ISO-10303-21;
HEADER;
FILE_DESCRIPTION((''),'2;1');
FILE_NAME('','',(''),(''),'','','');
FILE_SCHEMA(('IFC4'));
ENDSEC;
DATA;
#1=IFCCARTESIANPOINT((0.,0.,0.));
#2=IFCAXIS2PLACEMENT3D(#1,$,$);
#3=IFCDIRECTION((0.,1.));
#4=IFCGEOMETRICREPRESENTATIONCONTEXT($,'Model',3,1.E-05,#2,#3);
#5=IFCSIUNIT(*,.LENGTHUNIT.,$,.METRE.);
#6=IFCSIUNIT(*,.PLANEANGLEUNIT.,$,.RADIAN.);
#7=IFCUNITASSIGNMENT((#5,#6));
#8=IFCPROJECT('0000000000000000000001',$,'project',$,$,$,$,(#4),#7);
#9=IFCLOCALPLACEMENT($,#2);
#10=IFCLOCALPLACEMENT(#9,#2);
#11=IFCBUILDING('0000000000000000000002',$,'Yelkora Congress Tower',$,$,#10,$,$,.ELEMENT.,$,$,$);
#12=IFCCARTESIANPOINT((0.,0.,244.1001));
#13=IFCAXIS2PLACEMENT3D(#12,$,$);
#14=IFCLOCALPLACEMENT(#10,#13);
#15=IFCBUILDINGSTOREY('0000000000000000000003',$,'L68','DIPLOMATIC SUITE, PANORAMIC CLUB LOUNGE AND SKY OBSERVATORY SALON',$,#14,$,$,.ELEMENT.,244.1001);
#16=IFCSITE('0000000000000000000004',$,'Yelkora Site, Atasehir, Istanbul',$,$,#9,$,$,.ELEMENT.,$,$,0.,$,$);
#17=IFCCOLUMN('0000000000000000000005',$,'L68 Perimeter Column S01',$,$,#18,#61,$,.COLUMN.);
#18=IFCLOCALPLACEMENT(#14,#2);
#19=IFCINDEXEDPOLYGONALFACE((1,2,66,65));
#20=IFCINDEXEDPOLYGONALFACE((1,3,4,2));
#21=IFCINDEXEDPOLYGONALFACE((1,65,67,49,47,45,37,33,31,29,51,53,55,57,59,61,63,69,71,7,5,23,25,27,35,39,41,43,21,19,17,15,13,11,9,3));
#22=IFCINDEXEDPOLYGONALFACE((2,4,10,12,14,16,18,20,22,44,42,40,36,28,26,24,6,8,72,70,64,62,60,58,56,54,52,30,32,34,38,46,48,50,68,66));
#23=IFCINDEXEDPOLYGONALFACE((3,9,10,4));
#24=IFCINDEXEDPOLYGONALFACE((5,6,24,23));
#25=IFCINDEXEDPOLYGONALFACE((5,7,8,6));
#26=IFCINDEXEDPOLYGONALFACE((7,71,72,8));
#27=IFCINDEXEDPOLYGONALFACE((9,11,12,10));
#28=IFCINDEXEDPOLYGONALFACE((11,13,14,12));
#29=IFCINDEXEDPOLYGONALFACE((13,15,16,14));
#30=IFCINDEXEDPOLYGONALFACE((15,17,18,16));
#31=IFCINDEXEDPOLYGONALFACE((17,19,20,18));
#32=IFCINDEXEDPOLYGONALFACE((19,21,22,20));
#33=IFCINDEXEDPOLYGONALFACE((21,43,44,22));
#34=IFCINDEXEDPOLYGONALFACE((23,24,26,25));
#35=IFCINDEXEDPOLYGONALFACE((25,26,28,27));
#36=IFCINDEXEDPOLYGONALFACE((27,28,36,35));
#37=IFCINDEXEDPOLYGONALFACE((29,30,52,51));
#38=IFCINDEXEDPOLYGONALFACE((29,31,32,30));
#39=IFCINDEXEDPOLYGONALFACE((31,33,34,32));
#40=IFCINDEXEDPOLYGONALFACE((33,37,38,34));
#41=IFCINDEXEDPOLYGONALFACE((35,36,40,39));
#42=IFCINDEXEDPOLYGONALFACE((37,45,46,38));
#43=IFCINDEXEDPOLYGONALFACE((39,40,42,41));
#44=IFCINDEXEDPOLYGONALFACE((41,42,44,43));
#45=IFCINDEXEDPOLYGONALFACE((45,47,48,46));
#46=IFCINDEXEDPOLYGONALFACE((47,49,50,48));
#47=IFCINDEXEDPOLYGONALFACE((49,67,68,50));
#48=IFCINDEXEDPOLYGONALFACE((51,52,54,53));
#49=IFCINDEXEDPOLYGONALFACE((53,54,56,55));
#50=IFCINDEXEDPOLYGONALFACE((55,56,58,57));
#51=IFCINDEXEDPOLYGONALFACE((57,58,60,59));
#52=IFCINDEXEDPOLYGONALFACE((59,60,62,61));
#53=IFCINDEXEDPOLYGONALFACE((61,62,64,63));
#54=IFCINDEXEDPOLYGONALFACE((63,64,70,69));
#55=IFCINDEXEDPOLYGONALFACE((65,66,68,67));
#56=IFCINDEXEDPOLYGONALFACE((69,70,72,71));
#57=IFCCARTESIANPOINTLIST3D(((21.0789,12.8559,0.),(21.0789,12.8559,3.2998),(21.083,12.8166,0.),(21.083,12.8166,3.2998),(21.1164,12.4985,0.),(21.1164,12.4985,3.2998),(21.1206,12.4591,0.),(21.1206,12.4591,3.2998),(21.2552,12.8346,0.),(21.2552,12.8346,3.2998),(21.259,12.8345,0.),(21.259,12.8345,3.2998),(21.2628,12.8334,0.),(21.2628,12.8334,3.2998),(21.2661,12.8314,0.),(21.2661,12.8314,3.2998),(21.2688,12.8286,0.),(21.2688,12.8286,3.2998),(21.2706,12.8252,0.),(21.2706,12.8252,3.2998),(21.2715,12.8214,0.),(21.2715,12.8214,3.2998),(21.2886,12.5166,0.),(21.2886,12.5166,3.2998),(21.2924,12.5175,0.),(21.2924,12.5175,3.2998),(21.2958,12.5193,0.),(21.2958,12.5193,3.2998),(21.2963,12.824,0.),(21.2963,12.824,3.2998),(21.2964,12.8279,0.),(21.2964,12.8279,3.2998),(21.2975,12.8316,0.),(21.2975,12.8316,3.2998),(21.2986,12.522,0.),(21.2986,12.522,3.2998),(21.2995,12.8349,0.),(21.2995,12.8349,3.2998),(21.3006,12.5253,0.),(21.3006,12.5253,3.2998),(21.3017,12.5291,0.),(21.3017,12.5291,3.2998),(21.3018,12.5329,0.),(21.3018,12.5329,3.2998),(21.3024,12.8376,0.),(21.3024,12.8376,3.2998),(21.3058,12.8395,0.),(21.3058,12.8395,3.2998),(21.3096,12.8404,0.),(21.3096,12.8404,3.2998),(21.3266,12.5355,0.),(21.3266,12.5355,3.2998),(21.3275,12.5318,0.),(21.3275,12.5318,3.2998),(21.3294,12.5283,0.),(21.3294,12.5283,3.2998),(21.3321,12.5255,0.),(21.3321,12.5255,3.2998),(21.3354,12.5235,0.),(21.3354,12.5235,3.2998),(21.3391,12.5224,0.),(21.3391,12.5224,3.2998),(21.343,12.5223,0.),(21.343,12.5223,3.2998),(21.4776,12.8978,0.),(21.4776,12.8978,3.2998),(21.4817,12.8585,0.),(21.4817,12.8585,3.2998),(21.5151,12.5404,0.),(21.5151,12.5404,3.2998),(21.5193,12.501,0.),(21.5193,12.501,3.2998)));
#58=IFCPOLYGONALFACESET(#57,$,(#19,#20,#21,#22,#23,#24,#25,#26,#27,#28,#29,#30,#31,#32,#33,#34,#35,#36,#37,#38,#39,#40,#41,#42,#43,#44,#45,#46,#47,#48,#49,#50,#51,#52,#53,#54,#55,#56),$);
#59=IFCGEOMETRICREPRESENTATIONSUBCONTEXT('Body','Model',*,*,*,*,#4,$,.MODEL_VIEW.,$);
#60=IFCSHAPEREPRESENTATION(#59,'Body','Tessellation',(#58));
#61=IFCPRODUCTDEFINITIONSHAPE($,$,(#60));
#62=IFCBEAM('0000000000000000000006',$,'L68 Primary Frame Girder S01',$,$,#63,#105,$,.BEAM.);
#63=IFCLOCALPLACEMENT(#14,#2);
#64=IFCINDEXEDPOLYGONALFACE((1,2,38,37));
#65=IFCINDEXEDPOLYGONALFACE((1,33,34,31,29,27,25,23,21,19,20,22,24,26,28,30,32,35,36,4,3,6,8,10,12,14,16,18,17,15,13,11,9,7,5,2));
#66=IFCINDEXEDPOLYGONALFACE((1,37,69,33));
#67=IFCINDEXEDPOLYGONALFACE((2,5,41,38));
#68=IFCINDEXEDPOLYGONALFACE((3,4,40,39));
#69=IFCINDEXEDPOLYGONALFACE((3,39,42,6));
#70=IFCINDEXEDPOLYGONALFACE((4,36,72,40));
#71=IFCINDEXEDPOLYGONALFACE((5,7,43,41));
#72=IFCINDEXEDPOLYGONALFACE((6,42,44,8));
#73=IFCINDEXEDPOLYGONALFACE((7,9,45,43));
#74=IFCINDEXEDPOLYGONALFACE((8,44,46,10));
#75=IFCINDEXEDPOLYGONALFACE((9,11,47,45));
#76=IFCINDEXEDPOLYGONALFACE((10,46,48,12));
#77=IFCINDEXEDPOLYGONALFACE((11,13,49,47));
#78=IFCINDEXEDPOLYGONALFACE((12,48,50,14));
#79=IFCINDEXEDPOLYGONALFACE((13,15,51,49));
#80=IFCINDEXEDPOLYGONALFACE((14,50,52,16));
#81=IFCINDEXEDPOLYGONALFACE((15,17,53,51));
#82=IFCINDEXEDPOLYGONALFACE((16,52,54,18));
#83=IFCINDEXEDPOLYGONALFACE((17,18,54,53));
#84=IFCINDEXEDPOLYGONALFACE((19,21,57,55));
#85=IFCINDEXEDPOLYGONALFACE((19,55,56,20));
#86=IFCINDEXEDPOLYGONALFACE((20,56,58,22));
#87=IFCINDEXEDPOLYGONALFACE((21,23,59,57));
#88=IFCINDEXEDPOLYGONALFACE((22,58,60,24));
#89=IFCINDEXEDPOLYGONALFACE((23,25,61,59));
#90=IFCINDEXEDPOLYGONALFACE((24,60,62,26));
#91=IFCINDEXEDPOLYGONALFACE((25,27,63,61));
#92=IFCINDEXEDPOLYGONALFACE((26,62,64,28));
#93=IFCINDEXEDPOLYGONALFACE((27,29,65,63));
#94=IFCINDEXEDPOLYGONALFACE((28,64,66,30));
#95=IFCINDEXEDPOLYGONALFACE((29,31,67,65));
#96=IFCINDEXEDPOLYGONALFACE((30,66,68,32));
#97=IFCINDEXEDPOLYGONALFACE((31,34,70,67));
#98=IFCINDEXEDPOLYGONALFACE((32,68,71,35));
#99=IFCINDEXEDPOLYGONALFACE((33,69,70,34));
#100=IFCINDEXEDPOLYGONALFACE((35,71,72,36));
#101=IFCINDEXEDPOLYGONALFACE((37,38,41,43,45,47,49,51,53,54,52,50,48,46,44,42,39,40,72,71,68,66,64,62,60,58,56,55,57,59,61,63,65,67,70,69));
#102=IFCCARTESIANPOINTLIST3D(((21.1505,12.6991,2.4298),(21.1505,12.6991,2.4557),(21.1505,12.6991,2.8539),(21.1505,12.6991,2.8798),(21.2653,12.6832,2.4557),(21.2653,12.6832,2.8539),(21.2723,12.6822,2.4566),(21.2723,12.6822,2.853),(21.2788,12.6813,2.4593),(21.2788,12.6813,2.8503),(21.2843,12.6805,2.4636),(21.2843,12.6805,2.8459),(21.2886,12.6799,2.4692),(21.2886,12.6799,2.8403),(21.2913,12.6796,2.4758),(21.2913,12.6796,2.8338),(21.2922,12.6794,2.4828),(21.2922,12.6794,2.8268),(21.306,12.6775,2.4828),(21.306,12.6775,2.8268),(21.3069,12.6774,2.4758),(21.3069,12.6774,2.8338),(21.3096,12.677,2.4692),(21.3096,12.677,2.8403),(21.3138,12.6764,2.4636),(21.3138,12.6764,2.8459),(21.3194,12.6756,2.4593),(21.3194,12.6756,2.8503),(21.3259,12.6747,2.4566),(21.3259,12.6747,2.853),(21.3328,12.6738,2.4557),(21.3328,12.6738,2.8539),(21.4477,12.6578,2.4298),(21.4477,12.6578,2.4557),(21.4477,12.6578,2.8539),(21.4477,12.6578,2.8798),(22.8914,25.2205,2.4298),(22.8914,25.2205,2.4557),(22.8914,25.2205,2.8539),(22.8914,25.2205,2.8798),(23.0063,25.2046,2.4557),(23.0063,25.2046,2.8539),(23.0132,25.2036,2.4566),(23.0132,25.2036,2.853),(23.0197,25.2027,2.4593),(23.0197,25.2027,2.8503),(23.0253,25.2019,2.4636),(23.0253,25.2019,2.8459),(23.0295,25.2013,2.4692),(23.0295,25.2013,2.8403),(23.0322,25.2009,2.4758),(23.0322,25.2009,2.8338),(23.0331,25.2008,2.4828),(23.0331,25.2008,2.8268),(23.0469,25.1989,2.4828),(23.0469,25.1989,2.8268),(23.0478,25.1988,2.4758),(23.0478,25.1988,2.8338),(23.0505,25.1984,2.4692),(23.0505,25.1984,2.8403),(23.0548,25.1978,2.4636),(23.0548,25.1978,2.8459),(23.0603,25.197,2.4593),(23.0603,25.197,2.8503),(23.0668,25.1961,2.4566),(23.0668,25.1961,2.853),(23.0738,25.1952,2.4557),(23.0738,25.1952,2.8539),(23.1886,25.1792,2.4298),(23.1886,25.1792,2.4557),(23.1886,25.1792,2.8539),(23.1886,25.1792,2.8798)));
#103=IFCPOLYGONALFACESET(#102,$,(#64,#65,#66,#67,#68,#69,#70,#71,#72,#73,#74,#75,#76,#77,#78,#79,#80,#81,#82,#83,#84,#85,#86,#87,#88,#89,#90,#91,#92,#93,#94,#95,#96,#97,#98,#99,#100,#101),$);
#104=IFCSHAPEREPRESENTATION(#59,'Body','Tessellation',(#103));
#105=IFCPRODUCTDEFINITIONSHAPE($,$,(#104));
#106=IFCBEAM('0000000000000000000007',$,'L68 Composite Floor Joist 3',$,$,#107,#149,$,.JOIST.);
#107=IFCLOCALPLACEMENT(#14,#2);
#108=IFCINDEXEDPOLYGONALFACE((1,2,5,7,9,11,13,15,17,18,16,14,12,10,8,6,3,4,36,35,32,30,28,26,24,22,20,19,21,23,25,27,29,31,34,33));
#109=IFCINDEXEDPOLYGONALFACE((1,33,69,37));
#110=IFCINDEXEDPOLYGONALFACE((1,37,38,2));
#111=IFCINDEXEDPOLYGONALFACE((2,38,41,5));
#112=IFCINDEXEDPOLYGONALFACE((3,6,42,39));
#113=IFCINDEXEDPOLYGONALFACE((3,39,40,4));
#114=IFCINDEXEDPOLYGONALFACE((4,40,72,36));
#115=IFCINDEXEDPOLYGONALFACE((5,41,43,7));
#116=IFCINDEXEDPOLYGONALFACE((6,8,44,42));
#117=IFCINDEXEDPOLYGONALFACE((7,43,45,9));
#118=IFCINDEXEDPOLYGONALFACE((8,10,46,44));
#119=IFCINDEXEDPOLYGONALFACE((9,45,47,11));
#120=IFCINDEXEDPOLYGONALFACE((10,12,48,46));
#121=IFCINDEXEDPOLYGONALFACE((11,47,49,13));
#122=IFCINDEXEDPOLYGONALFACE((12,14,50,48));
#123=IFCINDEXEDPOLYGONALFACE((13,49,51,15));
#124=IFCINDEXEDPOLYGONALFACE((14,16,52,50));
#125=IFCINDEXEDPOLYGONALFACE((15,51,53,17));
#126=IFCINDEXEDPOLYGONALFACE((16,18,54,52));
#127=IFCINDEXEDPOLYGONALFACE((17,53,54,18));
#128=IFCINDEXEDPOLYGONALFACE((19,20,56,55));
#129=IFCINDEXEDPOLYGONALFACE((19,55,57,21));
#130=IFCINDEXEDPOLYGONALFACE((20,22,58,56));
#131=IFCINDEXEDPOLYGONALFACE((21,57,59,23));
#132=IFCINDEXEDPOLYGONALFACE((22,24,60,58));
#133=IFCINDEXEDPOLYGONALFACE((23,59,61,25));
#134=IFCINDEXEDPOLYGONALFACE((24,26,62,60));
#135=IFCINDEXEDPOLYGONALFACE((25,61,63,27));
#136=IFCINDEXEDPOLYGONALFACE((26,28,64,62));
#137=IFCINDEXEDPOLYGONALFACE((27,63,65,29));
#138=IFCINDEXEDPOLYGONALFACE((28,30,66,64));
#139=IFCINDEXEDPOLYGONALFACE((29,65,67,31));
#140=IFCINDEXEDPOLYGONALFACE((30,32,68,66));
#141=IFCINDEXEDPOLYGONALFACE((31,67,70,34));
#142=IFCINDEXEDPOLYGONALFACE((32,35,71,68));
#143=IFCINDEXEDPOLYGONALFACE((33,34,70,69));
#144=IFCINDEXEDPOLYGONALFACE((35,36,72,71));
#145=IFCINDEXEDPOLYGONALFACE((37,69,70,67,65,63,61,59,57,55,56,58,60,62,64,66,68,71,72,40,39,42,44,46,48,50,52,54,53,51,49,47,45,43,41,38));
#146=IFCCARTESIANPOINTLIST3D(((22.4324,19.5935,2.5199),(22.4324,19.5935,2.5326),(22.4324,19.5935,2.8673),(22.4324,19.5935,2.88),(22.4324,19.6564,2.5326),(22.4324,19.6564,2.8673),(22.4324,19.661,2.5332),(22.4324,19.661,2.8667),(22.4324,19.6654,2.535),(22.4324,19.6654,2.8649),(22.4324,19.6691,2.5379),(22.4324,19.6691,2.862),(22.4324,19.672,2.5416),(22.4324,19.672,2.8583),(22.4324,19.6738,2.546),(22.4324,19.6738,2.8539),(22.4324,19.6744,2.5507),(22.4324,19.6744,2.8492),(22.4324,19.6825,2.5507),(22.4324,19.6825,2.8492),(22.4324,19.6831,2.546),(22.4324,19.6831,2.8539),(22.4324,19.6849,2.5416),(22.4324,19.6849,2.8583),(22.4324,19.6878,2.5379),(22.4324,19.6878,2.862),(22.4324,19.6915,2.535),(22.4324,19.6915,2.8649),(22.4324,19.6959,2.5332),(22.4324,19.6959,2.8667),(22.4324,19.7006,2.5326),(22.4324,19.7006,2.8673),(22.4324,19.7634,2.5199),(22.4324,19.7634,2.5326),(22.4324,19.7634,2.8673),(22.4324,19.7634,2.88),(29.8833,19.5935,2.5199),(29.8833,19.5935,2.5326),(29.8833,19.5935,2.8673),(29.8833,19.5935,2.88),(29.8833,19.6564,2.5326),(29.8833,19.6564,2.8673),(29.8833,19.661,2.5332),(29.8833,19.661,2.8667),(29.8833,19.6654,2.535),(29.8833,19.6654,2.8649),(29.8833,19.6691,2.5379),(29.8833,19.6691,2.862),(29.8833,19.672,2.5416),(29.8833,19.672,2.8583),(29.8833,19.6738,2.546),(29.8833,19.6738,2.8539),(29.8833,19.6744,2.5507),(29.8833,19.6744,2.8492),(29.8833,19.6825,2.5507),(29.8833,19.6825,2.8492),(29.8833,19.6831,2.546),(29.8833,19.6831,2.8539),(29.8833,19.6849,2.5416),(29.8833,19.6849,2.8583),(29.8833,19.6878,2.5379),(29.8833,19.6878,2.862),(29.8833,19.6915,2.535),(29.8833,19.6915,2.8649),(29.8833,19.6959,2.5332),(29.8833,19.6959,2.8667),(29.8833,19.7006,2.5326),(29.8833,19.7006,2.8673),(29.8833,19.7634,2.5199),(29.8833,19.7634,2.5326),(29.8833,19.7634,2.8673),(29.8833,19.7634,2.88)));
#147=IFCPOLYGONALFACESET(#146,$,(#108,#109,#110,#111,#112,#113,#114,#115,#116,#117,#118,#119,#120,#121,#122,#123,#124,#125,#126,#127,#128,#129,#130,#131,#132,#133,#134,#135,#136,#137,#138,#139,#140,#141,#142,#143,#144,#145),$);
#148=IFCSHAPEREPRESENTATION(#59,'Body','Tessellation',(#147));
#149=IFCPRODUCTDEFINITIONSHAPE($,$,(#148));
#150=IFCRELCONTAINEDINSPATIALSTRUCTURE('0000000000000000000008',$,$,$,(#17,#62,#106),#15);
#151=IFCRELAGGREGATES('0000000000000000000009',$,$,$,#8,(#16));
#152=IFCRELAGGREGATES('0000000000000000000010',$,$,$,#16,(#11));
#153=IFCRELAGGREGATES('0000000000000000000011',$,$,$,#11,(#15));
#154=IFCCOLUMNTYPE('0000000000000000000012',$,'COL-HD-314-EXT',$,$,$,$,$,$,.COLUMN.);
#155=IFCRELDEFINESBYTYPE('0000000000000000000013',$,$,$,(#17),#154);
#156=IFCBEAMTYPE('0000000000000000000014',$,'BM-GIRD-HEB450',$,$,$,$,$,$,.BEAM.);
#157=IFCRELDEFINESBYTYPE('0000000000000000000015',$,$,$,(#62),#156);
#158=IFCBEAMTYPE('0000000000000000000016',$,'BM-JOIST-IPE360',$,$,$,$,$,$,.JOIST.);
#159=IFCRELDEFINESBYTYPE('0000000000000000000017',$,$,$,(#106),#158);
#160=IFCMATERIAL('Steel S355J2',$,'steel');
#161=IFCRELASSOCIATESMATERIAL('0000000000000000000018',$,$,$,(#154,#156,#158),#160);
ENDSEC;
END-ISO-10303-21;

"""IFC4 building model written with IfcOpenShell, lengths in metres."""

from ifc_helpers import new_model, si_unit, direction, frame, origin, origin_2d, place, context, subcontext, project, spatial, i_section, extrude, material, material_profile, profile_set, type_object, element, save


model = new_model("IFC4")

# Units and contexts
model_context = context("Model", 3, precision=1e-05, world=origin(), true_north=direction((0.0, 1.0)))
body_context = subcontext(model_context, "Body", "Model", "MODEL_VIEW")
ifc_project = project(units=[si_unit("LENGTHUNIT", "METRE"), si_unit("PLANEANGLEUNIT", "RADIAN")], contexts=[model_context])

# Site, building, storey
site_placement = place(None, origin())
site = spatial("IfcSite", under=ifc_project, at=site_placement, Name="Yelkora Site, Atasehir, Istanbul", CompositionType="ELEMENT", RefElevation=0.0)
building_placement = place(site_placement, origin())
building = spatial("IfcBuilding", under=site, at=building_placement, Name="Yelkora Congress Tower", CompositionType="ELEMENT")
storey_placement = place(building_placement, frame((0.0, 0.0, 244.1001)))
storey = spatial("IfcBuildingStorey", under=building, at=storey_placement, Name="L68", Description="DIPLOMATIC SUITE, PANORAMIC CLUB LOUNGE AND SKY OBSERVATORY SALON", CompositionType="ELEMENT", Elevation=244.1001)

# Column
ifc_material_1 = material(Name="Steel S355J2", Category="steel")
ifc_material_profile_1 = material_profile(ifc_material_1, i_section(OverallWidth=0.4009, OverallDepth=0.3989, WebThickness=0.0249, FlangeThickness=0.0396, FilletRadius=0.0149, at=origin_2d()), Name="HD 400x314")
ifc_profile_set_1 = profile_set([ifc_material_profile_1], Name="Steel S355J2")
column_type = type_object("IfcColumnType", Name="COL-HD-314-EXT", PredefinedType="COLUMN", material=ifc_profile_set_1)
column_placement = place(storey_placement, frame((21.2991, 12.6785, 0.0), z_axis=(0.0, 0.0, 1.0), x_axis=(0.994522, 0.104528, 0.0)))
element("IfcColumn", 1, at=column_placement, inside=storey, type_object=column_type, Name="L68 Perimeter Column S01", PredefinedType="COLUMN", context=body_context, shape_type="SweptSolid", body=[
    extrude(i_section(OverallWidth=0.4009, OverallDepth=0.3989, WebThickness=0.0249, FlangeThickness=0.0396, FilletRadius=0.0149, at=origin_2d()), origin(), (0.0, 0.0, 1.0), 3.2998),
])

# Beams
ifc_material_profile_2 = material_profile(ifc_material_1, i_section(OverallWidth=0.3, OverallDepth=0.45, WebThickness=0.0139, FlangeThickness=0.0259, FilletRadius=0.0271, at=origin_2d()), Name="HEB 450")
ifc_profile_set_2 = profile_set([ifc_material_profile_2], Name="Steel S355J2")
beam_type_1 = type_object("IfcBeamType", Name="BM-GIRD-HEB450", PredefinedType="BEAM", material=ifc_profile_set_2)
beam_1_placement = place(storey_placement, frame((21.2991, 12.6785, 2.6548), z_axis=(0.137714, 0.990472, 0.0), x_axis=(-0.990472, 0.137714, 0.0)))
element("IfcBeam", 2, at=beam_1_placement, inside=storey, type_object=beam_type_1, Name="L68 Primary Frame Girder S01", PredefinedType="BEAM", context=body_context, shape_type="SweptSolid", body=[
    extrude(i_section(OverallWidth=0.3, OverallDepth=0.45, WebThickness=0.0139, FlangeThickness=0.0259, FilletRadius=0.0271, at=origin_2d()), origin(), (0.0, 0.0, 1.0), 12.6418),
])
ifc_material_profile_3 = material_profile(ifc_material_1, i_section(OverallWidth=0.1699, OverallDepth=0.3601, WebThickness=0.0081, FlangeThickness=0.0127, FilletRadius=0.0181, at=origin_2d()), Name="IPE 360")
ifc_profile_set_3 = profile_set([ifc_material_profile_3], Name="Steel S355J2")
beam_type_2 = type_object("IfcBeamType", Name="BM-JOIST-IPE360", PredefinedType="JOIST", material=ifc_profile_set_3)
beam_2_placement = place(storey_placement, frame((22.4324, 19.6785, 2.7), z_axis=(1.0, 0.0, 0.0), x_axis=(0.0, 1.0, 0.0)))
element("IfcBeam", 3, at=beam_2_placement, inside=storey, type_object=beam_type_2, Name="L68 Composite Floor Joist 3", PredefinedType="JOIST", context=body_context, shape_type="SweptSolid", body=[
    extrude(i_section(OverallWidth=0.1699, OverallDepth=0.3601, WebThickness=0.0081, FlangeThickness=0.0127, FilletRadius=0.0181, at=origin_2d()), origin(), (0.0, 0.0, 1.0), 7.4509),
])

save(model, "model.ifc")
